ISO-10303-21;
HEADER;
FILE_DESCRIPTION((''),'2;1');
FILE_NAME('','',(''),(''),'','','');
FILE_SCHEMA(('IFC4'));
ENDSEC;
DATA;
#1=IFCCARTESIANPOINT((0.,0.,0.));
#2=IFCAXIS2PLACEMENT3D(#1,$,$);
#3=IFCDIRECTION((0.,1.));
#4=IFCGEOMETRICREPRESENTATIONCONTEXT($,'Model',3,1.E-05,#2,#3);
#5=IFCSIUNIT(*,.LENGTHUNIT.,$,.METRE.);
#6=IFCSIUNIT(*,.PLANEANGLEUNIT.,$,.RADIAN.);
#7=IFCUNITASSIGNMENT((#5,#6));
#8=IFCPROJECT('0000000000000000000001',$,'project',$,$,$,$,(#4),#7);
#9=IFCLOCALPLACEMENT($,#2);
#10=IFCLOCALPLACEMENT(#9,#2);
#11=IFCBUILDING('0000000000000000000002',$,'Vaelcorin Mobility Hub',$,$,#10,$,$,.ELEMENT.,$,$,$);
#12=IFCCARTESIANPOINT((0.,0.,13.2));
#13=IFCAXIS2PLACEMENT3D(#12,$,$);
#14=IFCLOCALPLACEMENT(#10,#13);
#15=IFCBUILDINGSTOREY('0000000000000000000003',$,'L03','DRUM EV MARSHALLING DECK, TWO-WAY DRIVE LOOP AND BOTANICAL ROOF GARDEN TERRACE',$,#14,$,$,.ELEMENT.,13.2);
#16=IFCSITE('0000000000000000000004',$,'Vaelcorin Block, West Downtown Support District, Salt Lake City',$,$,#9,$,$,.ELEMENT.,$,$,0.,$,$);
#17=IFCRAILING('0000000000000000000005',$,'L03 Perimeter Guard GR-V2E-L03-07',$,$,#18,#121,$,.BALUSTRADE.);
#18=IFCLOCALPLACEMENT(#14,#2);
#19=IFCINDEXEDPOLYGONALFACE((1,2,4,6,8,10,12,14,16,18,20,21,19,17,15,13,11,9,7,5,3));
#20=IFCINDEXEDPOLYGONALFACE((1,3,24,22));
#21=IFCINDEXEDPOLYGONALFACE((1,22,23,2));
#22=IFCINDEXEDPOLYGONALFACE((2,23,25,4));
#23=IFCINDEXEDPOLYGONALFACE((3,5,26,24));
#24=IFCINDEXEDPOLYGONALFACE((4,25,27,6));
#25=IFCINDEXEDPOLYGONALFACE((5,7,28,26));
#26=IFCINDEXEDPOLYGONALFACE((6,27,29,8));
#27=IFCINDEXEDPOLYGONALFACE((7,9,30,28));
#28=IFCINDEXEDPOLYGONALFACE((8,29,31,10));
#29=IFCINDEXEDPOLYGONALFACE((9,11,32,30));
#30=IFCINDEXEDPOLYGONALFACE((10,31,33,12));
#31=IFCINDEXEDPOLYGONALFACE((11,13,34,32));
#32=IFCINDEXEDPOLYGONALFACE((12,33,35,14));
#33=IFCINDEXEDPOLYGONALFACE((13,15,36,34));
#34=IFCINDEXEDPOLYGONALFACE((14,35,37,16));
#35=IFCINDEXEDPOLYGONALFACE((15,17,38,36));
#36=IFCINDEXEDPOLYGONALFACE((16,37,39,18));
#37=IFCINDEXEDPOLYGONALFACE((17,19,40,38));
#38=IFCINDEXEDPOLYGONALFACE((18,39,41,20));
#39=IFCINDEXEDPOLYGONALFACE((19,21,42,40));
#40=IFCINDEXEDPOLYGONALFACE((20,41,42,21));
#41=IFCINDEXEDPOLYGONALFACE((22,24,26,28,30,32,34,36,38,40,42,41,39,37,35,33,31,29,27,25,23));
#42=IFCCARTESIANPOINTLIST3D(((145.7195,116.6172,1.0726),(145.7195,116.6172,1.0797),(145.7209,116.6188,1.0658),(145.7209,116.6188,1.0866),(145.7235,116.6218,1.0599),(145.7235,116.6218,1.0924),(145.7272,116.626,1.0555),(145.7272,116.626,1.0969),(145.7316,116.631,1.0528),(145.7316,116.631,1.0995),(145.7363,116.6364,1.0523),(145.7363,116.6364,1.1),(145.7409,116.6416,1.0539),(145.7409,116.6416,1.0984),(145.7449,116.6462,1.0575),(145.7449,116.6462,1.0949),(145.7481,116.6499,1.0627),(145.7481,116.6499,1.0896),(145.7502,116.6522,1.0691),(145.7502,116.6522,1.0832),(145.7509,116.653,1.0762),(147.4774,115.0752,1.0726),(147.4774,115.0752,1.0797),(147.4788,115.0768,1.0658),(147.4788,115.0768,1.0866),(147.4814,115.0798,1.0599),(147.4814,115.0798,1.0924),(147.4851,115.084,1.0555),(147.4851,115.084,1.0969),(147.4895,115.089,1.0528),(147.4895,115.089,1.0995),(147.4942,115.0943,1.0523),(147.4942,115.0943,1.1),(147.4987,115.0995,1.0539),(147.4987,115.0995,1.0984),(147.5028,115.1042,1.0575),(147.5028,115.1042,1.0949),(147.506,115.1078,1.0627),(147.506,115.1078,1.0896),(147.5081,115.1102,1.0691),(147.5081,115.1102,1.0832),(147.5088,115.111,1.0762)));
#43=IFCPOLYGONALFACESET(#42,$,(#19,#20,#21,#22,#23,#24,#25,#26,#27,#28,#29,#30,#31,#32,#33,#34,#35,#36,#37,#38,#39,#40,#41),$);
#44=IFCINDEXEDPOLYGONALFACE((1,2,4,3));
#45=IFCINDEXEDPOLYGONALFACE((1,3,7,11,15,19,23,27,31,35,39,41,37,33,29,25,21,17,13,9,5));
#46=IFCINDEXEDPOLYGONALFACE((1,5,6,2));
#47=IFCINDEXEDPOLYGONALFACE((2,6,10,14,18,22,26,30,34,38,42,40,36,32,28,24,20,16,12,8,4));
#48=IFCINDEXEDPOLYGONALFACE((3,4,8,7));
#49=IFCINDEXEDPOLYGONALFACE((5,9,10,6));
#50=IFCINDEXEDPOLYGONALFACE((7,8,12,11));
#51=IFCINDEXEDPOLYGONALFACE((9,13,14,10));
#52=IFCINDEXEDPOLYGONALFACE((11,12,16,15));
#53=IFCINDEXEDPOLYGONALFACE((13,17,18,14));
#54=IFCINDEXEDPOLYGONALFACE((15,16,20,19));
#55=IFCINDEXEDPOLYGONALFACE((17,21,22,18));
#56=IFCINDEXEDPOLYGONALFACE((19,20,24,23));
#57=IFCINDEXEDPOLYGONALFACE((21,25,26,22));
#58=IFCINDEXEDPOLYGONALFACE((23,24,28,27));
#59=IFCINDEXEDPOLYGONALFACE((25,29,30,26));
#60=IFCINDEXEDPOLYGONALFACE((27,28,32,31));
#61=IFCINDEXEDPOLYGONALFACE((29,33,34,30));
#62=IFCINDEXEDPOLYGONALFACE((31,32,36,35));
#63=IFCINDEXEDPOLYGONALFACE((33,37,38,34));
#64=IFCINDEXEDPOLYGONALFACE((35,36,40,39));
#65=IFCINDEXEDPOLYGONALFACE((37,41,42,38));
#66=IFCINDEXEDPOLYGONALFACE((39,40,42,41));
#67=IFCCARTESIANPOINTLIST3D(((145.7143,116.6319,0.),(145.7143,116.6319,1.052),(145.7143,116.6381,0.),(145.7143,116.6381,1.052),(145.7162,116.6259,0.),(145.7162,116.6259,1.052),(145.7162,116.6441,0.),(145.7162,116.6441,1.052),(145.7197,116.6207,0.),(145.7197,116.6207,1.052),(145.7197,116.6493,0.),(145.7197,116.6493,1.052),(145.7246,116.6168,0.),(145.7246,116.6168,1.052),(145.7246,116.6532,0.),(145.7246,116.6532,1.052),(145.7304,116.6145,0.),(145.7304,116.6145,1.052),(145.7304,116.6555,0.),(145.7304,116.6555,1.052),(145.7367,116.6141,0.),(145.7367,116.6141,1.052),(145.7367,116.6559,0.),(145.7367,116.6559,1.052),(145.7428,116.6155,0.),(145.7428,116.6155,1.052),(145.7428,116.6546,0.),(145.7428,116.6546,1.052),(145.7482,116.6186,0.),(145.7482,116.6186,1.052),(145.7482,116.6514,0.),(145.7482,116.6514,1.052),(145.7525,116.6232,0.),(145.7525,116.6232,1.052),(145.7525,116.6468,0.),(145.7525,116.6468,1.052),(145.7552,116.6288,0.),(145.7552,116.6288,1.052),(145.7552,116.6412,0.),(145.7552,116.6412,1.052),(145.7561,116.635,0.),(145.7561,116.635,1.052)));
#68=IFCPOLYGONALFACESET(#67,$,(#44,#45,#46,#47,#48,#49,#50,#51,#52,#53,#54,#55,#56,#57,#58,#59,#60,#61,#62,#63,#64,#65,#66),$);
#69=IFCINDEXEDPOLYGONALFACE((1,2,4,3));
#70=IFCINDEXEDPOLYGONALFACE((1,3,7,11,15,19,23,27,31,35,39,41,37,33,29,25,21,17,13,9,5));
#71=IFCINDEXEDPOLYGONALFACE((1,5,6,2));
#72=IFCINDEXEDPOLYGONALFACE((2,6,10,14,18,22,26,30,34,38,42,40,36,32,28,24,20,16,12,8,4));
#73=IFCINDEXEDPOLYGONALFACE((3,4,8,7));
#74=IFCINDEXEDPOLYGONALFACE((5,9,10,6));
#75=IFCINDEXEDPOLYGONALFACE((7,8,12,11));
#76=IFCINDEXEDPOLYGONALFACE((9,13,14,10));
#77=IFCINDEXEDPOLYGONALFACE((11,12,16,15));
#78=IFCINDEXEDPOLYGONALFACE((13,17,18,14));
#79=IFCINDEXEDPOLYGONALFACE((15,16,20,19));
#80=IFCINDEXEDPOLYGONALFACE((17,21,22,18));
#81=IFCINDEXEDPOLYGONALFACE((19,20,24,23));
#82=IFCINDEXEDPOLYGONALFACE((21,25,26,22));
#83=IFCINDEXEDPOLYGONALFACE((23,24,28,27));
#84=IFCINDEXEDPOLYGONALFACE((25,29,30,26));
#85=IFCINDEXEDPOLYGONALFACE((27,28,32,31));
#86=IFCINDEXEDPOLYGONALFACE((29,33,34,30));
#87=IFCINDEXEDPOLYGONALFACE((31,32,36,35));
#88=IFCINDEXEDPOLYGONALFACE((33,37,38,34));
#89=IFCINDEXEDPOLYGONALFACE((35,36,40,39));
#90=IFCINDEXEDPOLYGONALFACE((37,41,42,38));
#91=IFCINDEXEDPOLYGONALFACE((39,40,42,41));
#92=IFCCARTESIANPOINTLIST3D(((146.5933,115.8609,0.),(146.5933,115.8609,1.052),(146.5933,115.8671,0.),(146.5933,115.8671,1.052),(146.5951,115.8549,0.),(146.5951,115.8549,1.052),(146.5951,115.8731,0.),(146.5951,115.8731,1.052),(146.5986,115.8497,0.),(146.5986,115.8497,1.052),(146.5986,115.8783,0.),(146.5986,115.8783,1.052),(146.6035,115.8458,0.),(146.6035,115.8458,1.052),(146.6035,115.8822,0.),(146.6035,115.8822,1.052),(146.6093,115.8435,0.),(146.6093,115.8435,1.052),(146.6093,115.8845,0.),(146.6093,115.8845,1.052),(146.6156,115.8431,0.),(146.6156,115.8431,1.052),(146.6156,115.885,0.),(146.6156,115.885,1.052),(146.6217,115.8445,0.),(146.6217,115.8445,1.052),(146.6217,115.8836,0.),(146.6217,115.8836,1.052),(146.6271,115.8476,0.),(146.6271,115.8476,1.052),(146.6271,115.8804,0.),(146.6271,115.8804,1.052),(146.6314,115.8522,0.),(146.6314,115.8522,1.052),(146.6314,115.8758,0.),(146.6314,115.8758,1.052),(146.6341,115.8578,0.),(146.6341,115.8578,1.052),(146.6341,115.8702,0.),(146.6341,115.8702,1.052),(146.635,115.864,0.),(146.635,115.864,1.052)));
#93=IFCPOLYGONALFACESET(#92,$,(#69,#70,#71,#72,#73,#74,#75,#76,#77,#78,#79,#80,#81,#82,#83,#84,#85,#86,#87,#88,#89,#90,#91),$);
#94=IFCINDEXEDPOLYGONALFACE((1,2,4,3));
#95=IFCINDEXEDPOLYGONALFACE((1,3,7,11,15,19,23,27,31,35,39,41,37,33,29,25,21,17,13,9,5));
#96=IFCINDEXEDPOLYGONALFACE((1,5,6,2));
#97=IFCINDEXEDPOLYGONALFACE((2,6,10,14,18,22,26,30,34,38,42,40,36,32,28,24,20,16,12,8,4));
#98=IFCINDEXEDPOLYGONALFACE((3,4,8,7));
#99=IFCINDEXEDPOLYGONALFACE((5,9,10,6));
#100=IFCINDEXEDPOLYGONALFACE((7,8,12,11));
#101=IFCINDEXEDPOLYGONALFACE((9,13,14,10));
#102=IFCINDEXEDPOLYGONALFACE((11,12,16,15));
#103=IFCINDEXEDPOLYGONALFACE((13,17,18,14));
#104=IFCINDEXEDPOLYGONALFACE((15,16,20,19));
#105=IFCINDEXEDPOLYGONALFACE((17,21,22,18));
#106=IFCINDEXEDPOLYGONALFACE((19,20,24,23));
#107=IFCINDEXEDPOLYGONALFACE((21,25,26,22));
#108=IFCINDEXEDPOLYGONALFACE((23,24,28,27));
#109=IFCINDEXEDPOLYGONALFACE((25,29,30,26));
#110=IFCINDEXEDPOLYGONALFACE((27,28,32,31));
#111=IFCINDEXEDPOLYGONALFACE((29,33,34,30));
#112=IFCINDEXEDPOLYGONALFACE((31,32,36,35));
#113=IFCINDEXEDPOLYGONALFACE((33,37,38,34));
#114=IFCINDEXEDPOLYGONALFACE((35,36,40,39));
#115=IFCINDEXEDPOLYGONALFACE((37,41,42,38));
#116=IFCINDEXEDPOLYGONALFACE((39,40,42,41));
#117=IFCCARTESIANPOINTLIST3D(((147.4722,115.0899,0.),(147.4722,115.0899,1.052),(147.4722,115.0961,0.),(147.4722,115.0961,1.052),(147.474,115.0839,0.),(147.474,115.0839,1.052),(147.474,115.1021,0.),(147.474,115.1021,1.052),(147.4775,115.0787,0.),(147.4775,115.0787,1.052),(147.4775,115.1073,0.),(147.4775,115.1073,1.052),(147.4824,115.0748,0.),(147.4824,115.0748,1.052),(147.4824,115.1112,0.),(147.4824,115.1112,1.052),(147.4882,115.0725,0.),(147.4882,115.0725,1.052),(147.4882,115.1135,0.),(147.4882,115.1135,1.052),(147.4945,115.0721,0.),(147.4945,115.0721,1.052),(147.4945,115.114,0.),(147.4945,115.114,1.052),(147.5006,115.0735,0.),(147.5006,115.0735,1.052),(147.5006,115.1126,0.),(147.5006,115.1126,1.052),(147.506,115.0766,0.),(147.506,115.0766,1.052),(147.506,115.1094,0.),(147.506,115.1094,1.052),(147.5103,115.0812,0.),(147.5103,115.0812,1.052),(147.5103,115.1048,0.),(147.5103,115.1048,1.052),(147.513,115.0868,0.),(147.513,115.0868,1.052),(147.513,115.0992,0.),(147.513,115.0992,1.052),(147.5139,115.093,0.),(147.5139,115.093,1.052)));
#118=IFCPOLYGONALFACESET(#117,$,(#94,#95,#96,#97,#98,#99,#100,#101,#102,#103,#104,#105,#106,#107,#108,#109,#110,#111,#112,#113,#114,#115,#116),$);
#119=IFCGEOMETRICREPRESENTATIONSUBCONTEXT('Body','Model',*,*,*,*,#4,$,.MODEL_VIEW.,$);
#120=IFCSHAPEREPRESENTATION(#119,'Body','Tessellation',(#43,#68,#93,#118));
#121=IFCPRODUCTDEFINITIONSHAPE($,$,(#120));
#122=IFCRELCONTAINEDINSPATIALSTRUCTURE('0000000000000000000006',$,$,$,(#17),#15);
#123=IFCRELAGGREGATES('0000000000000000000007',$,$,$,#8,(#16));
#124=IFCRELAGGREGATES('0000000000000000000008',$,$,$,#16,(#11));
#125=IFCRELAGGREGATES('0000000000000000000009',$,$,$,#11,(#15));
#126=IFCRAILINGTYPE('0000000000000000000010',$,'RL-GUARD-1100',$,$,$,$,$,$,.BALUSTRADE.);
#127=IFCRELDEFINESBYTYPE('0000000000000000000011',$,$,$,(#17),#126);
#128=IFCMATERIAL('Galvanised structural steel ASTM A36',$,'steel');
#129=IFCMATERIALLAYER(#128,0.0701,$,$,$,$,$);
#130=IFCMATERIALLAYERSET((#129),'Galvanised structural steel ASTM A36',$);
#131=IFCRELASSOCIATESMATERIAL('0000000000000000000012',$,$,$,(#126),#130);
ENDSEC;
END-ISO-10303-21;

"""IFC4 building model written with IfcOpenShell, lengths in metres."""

from ifc_helpers import new_model, si_unit, direction, frame, origin, origin_2d, place, context, subcontext, project, spatial, circle, extrude, material, layer, layer_set, type_object, element, save


model = new_model("IFC4")

# Units and contexts
model_context = context("Model", 3, precision=1e-05, world=origin(), true_north=direction((0.0, 1.0)))
body_context = subcontext(model_context, "Body", "Model", "MODEL_VIEW")
ifc_project = project(units=[si_unit("LENGTHUNIT", "METRE"), si_unit("PLANEANGLEUNIT", "RADIAN")], contexts=[model_context])

# Site, building, storey
site_placement = place(None, origin())
site = spatial("IfcSite", under=ifc_project, at=site_placement, Name="Vaelcorin Block, West Downtown Support District, Salt Lake City", CompositionType="ELEMENT", RefElevation=0.0)
building_placement = place(site_placement, origin())
building = spatial("IfcBuilding", under=site, at=building_placement, Name="Vaelcorin Mobility Hub", CompositionType="ELEMENT")
storey_placement = place(building_placement, frame((0.0, 0.0, 13.2)))
storey = spatial("IfcBuildingStorey", under=building, at=storey_placement, Name="L03", Description="DRUM EV MARSHALLING DECK, TWO-WAY DRIVE LOOP AND BOTANICAL ROOF GARDEN TERRACE", CompositionType="ELEMENT", Elevation=13.2)

# Railing
ifc_material_1 = material(Name="Galvanised structural steel ASTM A36", Category="steel")
ifc_layer_1 = layer(ifc_material_1, 0.0701)
ifc_layer_set_1 = layer_set([ifc_layer_1], Name="Galvanised structural steel ASTM A36")
railing_type = type_object("IfcRailingType", Name="RL-GUARD-1100", PredefinedType="BALUSTRADE", material=ifc_layer_set_1)
railing_1_placement = place(storey_placement, frame((145.7351, 116.635, 0.0)))
element("IfcRailing", 1, at=railing_1_placement, inside=storey, type_object=railing_type, Name="L03 Perimeter Guard GR-V2E-L03-07", PredefinedType="BALUSTRADE", context=body_context, shape_type="SweptSolid", body=[
    extrude(circle(Radius=0.0239, at=origin_2d()), frame((0.0, 0.0, 1.0762), z_axis=(0.751748, -0.65945, 0.0), x_axis=(0.65945, 0.751748, 0.0)), (0.0, 0.0, 1.0), 2.3384),
    extrude(circle(Radius=0.021, at=origin_2d()), origin(), (0.0, 0.0, 1.0), 1.052),
    extrude(circle(Radius=0.021, at=origin_2d()), frame((0.8789, -0.771, 0.0)), (0.0, 0.0, 1.0), 1.052),
    extrude(circle(Radius=0.021, at=origin_2d()), frame((1.7578, -1.542, 0.0)), (0.0, 0.0, 1.0), 1.052),
])

save(model, "model.ifc")
